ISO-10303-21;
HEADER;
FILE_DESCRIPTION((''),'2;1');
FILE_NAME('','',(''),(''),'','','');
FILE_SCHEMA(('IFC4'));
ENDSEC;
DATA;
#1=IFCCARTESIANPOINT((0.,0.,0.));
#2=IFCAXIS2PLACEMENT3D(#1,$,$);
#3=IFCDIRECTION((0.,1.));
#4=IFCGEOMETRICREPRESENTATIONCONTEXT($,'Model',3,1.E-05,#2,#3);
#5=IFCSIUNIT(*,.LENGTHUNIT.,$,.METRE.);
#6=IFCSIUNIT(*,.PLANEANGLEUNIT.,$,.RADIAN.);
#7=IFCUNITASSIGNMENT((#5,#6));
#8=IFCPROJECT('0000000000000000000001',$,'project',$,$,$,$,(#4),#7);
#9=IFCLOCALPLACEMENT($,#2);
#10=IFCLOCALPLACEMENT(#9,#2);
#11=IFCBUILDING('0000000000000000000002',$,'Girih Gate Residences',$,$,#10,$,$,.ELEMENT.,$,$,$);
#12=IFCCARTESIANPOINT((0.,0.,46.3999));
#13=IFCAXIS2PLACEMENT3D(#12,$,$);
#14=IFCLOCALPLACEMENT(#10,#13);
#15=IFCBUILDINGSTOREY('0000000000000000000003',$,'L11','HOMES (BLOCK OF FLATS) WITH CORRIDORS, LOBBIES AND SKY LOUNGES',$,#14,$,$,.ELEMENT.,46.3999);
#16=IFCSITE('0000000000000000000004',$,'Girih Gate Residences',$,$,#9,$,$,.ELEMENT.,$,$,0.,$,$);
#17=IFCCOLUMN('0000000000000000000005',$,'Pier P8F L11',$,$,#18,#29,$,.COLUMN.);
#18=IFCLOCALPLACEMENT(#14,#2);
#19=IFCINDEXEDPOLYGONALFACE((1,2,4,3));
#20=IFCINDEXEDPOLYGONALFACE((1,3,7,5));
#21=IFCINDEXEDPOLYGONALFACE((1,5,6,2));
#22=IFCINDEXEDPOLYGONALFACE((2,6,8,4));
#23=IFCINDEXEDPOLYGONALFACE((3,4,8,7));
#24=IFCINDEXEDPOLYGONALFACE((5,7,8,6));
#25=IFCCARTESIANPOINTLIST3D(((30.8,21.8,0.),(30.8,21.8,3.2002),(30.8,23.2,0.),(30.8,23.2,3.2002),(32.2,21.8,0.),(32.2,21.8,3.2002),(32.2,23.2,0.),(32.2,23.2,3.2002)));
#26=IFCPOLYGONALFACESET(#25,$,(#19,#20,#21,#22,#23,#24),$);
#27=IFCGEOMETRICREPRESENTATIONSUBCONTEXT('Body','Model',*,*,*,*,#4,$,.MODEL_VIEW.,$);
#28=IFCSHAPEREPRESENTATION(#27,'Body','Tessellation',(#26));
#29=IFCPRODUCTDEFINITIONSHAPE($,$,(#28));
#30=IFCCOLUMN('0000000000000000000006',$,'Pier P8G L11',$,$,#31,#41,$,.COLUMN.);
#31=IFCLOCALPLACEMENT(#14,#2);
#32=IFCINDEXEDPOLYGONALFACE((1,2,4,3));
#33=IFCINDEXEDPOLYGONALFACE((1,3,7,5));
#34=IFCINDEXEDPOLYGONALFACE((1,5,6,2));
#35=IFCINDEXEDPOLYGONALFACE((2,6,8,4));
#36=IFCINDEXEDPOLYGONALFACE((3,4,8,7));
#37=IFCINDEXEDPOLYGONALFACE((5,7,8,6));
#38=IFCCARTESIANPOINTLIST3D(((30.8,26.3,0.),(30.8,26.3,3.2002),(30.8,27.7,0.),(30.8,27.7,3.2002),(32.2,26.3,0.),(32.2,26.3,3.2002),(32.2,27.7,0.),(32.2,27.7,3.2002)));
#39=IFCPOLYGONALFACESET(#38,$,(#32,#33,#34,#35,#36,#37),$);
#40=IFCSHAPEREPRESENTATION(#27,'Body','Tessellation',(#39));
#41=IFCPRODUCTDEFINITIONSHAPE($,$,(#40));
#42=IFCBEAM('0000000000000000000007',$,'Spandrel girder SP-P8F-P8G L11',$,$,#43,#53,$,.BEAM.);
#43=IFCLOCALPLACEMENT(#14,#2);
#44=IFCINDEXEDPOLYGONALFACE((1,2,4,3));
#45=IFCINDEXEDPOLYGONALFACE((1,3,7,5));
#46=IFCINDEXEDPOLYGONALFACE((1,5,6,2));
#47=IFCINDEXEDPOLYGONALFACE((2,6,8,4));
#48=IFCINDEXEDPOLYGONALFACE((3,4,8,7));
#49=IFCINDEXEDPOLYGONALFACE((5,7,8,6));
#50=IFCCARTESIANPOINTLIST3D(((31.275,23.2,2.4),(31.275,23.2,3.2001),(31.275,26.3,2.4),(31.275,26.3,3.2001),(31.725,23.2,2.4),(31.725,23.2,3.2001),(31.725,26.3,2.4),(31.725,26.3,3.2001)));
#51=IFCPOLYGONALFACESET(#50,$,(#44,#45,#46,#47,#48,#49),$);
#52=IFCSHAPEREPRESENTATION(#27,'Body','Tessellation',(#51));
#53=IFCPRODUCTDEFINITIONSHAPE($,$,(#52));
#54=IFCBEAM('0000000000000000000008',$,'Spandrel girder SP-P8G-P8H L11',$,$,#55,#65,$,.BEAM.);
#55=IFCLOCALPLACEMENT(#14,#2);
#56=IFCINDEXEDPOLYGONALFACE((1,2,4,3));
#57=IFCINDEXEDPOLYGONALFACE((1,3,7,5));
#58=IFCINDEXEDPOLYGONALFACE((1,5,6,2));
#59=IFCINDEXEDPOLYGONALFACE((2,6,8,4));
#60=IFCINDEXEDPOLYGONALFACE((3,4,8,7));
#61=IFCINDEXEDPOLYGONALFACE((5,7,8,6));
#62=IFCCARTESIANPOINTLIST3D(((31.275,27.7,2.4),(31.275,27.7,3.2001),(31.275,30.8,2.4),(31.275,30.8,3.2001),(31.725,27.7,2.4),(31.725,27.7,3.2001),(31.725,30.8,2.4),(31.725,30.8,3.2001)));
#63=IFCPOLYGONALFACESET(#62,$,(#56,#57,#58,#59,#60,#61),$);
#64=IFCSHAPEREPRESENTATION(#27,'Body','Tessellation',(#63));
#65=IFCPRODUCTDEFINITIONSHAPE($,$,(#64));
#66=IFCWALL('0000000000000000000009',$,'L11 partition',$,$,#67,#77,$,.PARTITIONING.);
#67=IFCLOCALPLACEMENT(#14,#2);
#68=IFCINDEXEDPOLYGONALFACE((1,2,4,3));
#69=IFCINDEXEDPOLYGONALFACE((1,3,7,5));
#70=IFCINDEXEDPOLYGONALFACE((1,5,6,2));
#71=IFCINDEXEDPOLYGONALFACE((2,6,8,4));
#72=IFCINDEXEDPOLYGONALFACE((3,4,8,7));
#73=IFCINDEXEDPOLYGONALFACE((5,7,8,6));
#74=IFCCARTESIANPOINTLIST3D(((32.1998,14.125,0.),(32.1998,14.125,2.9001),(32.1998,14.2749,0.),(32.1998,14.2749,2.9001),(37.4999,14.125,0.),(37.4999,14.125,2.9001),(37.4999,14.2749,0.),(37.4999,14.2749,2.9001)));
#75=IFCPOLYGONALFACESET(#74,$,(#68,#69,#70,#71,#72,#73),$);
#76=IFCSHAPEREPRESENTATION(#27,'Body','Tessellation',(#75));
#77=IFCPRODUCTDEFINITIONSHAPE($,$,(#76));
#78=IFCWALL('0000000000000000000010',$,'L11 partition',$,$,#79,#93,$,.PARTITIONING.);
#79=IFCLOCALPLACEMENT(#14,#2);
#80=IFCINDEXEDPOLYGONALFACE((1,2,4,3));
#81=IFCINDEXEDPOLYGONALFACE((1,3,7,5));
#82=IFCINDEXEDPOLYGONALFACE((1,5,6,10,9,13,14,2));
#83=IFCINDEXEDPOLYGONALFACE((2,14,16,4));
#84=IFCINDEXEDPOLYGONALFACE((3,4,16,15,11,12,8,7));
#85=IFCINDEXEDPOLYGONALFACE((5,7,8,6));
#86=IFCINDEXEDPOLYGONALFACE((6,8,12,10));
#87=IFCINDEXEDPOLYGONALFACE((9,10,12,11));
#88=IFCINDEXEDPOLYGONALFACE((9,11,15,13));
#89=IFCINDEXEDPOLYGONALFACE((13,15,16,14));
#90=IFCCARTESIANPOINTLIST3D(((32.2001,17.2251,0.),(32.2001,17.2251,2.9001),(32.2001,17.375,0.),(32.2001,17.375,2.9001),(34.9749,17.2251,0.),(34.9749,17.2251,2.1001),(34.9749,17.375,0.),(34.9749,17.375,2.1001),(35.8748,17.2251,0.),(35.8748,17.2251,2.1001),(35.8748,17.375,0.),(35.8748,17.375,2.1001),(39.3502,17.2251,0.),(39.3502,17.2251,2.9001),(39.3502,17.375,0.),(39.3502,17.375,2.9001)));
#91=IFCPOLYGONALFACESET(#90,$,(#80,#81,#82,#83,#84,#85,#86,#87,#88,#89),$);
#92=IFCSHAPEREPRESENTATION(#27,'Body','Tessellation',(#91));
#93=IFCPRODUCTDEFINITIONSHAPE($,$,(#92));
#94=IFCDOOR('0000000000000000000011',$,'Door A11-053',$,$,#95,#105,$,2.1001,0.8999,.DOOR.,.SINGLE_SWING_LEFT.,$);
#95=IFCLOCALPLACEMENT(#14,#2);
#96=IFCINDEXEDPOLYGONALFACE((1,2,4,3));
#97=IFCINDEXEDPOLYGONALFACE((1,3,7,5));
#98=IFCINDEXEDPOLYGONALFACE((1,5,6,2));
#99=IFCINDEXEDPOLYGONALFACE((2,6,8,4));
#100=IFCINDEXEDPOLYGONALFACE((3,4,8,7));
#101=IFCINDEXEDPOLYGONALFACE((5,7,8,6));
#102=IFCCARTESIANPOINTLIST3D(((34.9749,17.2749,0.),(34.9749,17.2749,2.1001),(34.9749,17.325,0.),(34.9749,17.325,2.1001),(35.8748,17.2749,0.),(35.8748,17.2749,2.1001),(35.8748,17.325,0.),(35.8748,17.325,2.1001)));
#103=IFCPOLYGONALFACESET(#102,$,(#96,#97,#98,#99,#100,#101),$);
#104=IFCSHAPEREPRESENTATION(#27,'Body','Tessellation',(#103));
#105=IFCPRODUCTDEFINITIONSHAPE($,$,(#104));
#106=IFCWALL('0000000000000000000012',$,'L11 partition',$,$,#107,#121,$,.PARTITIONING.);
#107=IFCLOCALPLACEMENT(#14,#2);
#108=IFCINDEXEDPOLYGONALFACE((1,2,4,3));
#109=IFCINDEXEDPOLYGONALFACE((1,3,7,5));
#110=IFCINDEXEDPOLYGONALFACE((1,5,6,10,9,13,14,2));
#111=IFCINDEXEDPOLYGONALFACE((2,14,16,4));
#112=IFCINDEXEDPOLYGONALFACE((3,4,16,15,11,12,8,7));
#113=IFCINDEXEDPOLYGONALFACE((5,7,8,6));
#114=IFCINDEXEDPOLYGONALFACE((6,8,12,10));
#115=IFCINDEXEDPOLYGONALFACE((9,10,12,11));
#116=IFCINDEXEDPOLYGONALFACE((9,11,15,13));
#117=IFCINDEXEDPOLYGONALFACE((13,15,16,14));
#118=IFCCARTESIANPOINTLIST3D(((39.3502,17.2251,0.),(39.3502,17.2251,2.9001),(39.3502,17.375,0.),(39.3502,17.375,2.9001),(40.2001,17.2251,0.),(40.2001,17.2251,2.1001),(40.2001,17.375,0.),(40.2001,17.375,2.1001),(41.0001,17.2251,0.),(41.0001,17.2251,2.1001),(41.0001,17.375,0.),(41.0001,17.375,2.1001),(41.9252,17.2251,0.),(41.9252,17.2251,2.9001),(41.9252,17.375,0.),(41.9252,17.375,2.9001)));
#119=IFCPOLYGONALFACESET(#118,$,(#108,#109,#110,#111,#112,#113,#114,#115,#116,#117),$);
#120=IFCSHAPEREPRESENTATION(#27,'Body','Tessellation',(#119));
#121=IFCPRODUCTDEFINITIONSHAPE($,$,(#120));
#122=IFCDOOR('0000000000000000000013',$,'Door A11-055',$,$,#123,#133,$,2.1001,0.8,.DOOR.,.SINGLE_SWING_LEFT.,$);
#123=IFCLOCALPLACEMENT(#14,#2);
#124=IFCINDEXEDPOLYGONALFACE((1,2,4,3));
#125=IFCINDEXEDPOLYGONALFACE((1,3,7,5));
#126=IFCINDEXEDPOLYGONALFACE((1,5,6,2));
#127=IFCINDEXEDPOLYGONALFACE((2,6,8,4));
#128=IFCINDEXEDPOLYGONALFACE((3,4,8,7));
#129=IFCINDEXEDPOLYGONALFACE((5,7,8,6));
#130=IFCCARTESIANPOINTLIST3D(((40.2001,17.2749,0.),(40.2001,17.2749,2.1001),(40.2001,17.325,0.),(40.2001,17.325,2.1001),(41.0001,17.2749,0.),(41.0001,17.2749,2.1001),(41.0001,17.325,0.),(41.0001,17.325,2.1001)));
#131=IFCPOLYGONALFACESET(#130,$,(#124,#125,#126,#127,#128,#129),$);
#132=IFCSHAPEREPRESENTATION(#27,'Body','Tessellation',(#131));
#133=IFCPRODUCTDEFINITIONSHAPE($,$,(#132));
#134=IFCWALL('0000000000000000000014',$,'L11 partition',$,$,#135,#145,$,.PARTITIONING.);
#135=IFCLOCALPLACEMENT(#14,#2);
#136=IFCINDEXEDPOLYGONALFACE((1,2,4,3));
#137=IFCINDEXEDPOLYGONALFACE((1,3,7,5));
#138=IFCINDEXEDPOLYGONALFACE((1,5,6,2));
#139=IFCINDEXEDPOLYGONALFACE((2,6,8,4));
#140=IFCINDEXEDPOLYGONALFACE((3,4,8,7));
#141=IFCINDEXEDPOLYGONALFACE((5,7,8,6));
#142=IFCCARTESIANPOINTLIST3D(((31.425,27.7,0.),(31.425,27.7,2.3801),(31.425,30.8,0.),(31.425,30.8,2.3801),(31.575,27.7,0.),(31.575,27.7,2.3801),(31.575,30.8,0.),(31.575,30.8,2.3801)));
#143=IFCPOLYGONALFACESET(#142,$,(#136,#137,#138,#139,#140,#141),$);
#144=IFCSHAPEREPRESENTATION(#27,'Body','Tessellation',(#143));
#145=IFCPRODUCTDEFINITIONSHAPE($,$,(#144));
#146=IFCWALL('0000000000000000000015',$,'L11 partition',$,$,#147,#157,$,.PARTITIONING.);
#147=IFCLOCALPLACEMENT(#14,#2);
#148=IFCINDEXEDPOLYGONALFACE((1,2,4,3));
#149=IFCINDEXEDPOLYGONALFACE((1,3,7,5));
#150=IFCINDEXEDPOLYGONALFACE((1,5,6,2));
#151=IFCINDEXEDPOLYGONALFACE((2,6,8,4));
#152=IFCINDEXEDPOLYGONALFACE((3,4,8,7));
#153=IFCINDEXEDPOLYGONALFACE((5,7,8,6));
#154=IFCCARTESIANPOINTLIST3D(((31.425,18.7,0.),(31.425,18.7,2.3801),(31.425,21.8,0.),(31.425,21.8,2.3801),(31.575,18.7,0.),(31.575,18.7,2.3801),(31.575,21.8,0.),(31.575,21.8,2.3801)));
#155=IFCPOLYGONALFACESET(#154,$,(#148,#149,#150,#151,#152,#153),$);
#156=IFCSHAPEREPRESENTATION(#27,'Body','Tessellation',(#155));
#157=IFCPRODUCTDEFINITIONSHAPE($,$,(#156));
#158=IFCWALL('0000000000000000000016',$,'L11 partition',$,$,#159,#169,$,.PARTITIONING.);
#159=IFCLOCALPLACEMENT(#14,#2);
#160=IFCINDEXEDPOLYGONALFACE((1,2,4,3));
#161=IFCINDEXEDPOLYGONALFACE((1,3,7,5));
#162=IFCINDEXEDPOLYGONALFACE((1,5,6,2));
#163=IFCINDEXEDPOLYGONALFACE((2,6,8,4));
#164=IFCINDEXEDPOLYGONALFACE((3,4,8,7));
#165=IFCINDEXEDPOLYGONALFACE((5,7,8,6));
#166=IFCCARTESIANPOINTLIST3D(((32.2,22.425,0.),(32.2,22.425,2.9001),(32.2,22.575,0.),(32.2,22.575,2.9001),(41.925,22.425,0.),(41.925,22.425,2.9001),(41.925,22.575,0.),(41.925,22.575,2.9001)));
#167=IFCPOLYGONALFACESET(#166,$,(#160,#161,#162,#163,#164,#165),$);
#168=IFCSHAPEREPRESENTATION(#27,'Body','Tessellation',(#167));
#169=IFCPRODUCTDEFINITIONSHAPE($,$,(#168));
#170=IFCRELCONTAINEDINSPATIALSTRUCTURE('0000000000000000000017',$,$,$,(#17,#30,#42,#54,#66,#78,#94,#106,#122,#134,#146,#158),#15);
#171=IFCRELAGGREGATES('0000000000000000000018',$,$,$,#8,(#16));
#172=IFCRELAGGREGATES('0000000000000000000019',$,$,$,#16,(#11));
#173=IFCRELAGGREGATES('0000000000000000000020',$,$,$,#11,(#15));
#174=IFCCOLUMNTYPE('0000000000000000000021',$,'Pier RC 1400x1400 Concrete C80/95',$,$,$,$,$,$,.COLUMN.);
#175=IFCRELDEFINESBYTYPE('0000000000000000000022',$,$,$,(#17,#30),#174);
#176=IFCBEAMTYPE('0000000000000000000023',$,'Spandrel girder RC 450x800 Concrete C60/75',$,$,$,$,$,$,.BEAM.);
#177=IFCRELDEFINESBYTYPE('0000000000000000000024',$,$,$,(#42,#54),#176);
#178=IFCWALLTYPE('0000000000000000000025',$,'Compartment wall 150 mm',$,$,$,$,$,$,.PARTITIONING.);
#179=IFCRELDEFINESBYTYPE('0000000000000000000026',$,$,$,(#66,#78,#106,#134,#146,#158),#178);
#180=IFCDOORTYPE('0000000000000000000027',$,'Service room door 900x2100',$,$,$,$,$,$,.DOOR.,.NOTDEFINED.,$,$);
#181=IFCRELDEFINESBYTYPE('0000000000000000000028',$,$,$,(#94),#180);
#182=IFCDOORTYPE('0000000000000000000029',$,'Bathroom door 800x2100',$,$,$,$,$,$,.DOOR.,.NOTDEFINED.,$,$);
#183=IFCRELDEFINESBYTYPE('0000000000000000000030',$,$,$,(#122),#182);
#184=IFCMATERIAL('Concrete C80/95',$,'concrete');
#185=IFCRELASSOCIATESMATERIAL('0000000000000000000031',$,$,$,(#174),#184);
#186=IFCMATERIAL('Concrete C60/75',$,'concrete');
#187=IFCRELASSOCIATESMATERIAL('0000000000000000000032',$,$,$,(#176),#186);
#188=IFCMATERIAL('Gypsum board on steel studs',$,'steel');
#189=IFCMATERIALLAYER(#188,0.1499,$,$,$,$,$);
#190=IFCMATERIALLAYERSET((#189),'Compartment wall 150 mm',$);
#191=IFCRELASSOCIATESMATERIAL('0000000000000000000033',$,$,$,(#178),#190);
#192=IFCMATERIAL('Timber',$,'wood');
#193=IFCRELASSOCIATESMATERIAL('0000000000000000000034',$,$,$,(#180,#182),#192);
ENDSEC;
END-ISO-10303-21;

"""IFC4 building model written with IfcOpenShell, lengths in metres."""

from ifc_helpers import new_model, si_unit, direction, frame, frame_2d, origin, origin_2d, place, context, subcontext, project, spatial, rectangle, extrude, material, layer, layer_set, material_profile, profile_set, type_object, element, fill, save


model = new_model("IFC4")

# Units and contexts
model_context = context("Model", 3, precision=1e-05, world=origin(), true_north=direction((0.0, 1.0)))
body_context = subcontext(model_context, "Body", "Model", "MODEL_VIEW")
ifc_project = project(units=[si_unit("LENGTHUNIT", "METRE"), si_unit("PLANEANGLEUNIT", "RADIAN")], contexts=[model_context])

# Site, building, storey
site_placement = place(None, origin())
site = spatial("IfcSite", under=ifc_project, at=site_placement, Name="Girih Gate Residences", CompositionType="ELEMENT", RefElevation=0.0)
building_placement = place(site_placement, origin())
building = spatial("IfcBuilding", under=site, at=building_placement, Name="Girih Gate Residences", CompositionType="ELEMENT")
storey_placement = place(building_placement, frame((0.0, 0.0, 46.3999)))
storey = spatial("IfcBuildingStorey", under=building, at=storey_placement, Name="L11", Description="HOMES (BLOCK OF FLATS) WITH CORRIDORS, LOBBIES AND SKY LOUNGES", CompositionType="ELEMENT", Elevation=46.3999)

# Columns
ifc_material_1 = material(Name="Concrete C80/95", Category="concrete")
ifc_material_profile_1 = material_profile(ifc_material_1, rectangle(XDim=1.3999, YDim=1.3999, at=origin_2d()))
ifc_profile_set_1 = profile_set([ifc_material_profile_1], Name="Concrete C80/95")
column_type = type_object("IfcColumnType", Name="Pier RC 1400x1400 Concrete C80/95", PredefinedType="COLUMN", material=ifc_profile_set_1)
for number, where, z_axis, x_axis, name in (
    (1, (31.5, 22.5, 0.0), (0.0, 0.0, 1.0), (1.0, 0.0, 0.0), "Pier P8F L11"),
    (2, (31.5, 27.0, 0.0), (0.0, 0.0, 1.0), (1.0, 0.0, 0.0), "Pier P8G L11"),
):
    element("IfcColumn", number, at=place(storey_placement, frame(where, z_axis=z_axis, x_axis=x_axis)), inside=storey, type_object=column_type, Name=name, PredefinedType="COLUMN", context=body_context, shape_type="SweptSolid", body=[
        extrude(rectangle(XDim=1.3999, YDim=1.3999, at=origin_2d()), origin(), (0.0, 0.0, 1.0), 3.2002),
    ])

# Beams
ifc_material_2 = material(Name="Concrete C60/75", Category="concrete")
ifc_material_profile_2 = material_profile(ifc_material_2, rectangle(XDim=0.45, YDim=0.8, at=origin_2d()))
ifc_profile_set_2 = profile_set([ifc_material_profile_2], Name="Concrete C60/75")
beam_type = type_object("IfcBeamType", Name="Spandrel girder RC 450x800 Concrete C60/75", PredefinedType="BEAM", material=ifc_profile_set_2)
for number, where, z_axis, x_axis, name in (
    (3, (31.5, 23.2, 2.8), (0.0, 1.0, 0.0), (-1.0, 0.0, 0.0), "Spandrel girder SP-P8F-P8G L11"),
    (4, (31.5, 27.7, 2.8), (0.0, 1.0, 0.0), (-1.0, 0.0, 0.0), "Spandrel girder SP-P8G-P8H L11"),
):
    element("IfcBeam", number, at=place(storey_placement, frame(where, z_axis=z_axis, x_axis=x_axis)), inside=storey, type_object=beam_type, Name=name, PredefinedType="BEAM", context=body_context, shape_type="SweptSolid", body=[
        extrude(rectangle(XDim=0.45, YDim=0.8, at=origin_2d()), origin(), (0.0, 0.0, 1.0), 3.1001),
    ])

# Wall
ifc_material_3 = material(Name="Gypsum board on steel studs", Category="steel")
ifc_layer_1 = layer(ifc_material_3, 0.1499)
ifc_layer_set_1 = layer_set([ifc_layer_1], Name="Compartment wall 150 mm")
wall_type_1 = type_object("IfcWallType", Name="Compartment wall 150 mm", PredefinedType="PARTITIONING", material=ifc_layer_set_1)
wall_1_placement = place(storey_placement, frame((32.2, 14.2, 0.0), z_axis=(0.0, 0.0, 1.0), x_axis=(1.0, 0.0, 0.0)))
element("IfcWall", 5, at=wall_1_placement, inside=storey, type_object=wall_type_1, Name="L11 partition", PredefinedType="PARTITIONING", context=body_context, shape_type="SweptSolid", body=[
    extrude(rectangle(XDim=5.3, YDim=0.1499, at=frame_2d((2.6499, 0.0))), origin(), (0.0, 0.0, 1.0), 2.9001),
])

# Walls, openings, doors
wall_2_placement = place(storey_placement, frame((32.2, 17.3, 0.0), z_axis=(0.0, 0.0, 1.0), x_axis=(1.0, 0.0, 0.0)))
wall_2 = element("IfcWall", 6, at=wall_2_placement, inside=storey, type_object=wall_type_1, Name="L11 partition", PredefinedType="PARTITIONING", context=body_context, shape_type="SweptSolid", body=[
    extrude(rectangle(XDim=7.1501, YDim=0.1499, at=frame_2d((3.5752, 0.0))), origin(), (0.0, 0.0, 1.0), 2.9001),
])
opening_1_placement = place(wall_2_placement, frame((2.7749, 0.0, 0.0)))
opening_1 = element("IfcOpeningElement", 7, at=opening_1_placement, cuts=wall_2, PredefinedType="OPENING", context=body_context, shape_type="SweptSolid", body=[
    extrude(rectangle(XDim=0.8999, YDim=2.1001, at=frame_2d((0.45, 1.05))), frame((0.0, 0.085, 0.0), z_axis=(0.0, -1.0, 0.0), x_axis=(1.0, 0.0, 0.0)), (0.0, 0.0, 1.0), 0.1699),
])
ifc_material_4 = material(Name="Timber", Category="wood")
door_type_1 = type_object("IfcDoorType", Name="Service room door 900x2100", OperationType="NOTDEFINED", PredefinedType="DOOR", material=ifc_material_4)
door_1_placement = place(opening_1_placement, origin())
door_1 = element("IfcDoor", 8, at=door_1_placement, inside=storey, type_object=door_type_1, Name="Door A11-053", OperationType="SINGLE_SWING_LEFT", OverallHeight=2.1001, OverallWidth=0.8999, PredefinedType="DOOR", context=body_context, shape_type="SweptSolid", body=[
    extrude(rectangle(XDim=0.8999, YDim=2.1001, at=frame_2d((0.45, 1.05))), frame((0.0, 0.0249, 0.0), z_axis=(0.0, -1.0, 0.0), x_axis=(1.0, 0.0, 0.0)), (0.0, 0.0, 1.0), 0.05),
])
fill(opening_1, door_1)
wall_3_placement = place(storey_placement, frame((39.3501, 17.3, 0.0), z_axis=(0.0, 0.0, 1.0), x_axis=(1.0, 0.0, 0.0)))
wall_3 = element("IfcWall", 9, at=wall_3_placement, inside=storey, type_object=wall_type_1, Name="L11 partition", PredefinedType="PARTITIONING", context=body_context, shape_type="SweptSolid", body=[
    extrude(rectangle(XDim=2.575, YDim=0.1499, at=frame_2d((1.2876, 0.0))), origin(), (0.0, 0.0, 1.0), 2.9001),
])
opening_2_placement = place(wall_3_placement, frame((0.8501, 0.0, 0.0)))
opening_2 = element("IfcOpeningElement", 10, at=opening_2_placement, cuts=wall_3, PredefinedType="OPENING", context=body_context, shape_type="SweptSolid", body=[
    extrude(rectangle(XDim=0.8, YDim=2.1001, at=frame_2d((0.3999, 1.05))), frame((0.0, 0.085, 0.0), z_axis=(0.0, -1.0, 0.0), x_axis=(1.0, 0.0, 0.0)), (0.0, 0.0, 1.0), 0.1699),
])
door_type_2 = type_object("IfcDoorType", Name="Bathroom door 800x2100", OperationType="NOTDEFINED", PredefinedType="DOOR", material=ifc_material_4)
door_2_placement = place(opening_2_placement, origin())
door_2 = element("IfcDoor", 11, at=door_2_placement, inside=storey, type_object=door_type_2, Name="Door A11-055", OperationType="SINGLE_SWING_LEFT", OverallHeight=2.1001, OverallWidth=0.8, PredefinedType="DOOR", context=body_context, shape_type="SweptSolid", body=[
    extrude(rectangle(XDim=0.8, YDim=2.1001, at=frame_2d((0.3999, 1.05))), frame((0.0, 0.0249, 0.0), z_axis=(0.0, -1.0, 0.0), x_axis=(1.0, 0.0, 0.0)), (0.0, 0.0, 1.0), 0.05),
])
fill(opening_2, door_2)

# Walls
for number, where, z_axis, x_axis, name in (
    (12, (31.5, 27.7, 0.0), (0.0, 0.0, 1.0), (0.0, 1.0, 0.0), "L11 partition"),
    (13, (31.5, 18.7, 0.0), (0.0, 0.0, 1.0), (0.0, 1.0, 0.0), "L11 partition"),
):
    element("IfcWall", number, at=place(storey_placement, frame(where, z_axis=z_axis, x_axis=x_axis)), inside=storey, type_object=wall_type_1, Name=name, PredefinedType="PARTITIONING", context=body_context, shape_type="SweptSolid", body=[
        extrude(rectangle(XDim=3.1001, YDim=0.1499, at=frame_2d((1.55, 0.0))), origin(), (0.0, 0.0, 1.0), 2.3801),
    ])
wall_4_placement = place(storey_placement, frame((32.2, 22.5, 0.0), z_axis=(0.0, 0.0, 1.0), x_axis=(1.0, 0.0, 0.0)))
element("IfcWall", 14, at=wall_4_placement, inside=storey, type_object=wall_type_1, Name="L11 partition", PredefinedType="PARTITIONING", context=body_context, shape_type="SweptSolid", body=[
    extrude(rectangle(XDim=9.7251, YDim=0.1499, at=frame_2d((4.8625, 0.0))), origin(), (0.0, 0.0, 1.0), 2.9001),
])

save(model, "model.ifc")
